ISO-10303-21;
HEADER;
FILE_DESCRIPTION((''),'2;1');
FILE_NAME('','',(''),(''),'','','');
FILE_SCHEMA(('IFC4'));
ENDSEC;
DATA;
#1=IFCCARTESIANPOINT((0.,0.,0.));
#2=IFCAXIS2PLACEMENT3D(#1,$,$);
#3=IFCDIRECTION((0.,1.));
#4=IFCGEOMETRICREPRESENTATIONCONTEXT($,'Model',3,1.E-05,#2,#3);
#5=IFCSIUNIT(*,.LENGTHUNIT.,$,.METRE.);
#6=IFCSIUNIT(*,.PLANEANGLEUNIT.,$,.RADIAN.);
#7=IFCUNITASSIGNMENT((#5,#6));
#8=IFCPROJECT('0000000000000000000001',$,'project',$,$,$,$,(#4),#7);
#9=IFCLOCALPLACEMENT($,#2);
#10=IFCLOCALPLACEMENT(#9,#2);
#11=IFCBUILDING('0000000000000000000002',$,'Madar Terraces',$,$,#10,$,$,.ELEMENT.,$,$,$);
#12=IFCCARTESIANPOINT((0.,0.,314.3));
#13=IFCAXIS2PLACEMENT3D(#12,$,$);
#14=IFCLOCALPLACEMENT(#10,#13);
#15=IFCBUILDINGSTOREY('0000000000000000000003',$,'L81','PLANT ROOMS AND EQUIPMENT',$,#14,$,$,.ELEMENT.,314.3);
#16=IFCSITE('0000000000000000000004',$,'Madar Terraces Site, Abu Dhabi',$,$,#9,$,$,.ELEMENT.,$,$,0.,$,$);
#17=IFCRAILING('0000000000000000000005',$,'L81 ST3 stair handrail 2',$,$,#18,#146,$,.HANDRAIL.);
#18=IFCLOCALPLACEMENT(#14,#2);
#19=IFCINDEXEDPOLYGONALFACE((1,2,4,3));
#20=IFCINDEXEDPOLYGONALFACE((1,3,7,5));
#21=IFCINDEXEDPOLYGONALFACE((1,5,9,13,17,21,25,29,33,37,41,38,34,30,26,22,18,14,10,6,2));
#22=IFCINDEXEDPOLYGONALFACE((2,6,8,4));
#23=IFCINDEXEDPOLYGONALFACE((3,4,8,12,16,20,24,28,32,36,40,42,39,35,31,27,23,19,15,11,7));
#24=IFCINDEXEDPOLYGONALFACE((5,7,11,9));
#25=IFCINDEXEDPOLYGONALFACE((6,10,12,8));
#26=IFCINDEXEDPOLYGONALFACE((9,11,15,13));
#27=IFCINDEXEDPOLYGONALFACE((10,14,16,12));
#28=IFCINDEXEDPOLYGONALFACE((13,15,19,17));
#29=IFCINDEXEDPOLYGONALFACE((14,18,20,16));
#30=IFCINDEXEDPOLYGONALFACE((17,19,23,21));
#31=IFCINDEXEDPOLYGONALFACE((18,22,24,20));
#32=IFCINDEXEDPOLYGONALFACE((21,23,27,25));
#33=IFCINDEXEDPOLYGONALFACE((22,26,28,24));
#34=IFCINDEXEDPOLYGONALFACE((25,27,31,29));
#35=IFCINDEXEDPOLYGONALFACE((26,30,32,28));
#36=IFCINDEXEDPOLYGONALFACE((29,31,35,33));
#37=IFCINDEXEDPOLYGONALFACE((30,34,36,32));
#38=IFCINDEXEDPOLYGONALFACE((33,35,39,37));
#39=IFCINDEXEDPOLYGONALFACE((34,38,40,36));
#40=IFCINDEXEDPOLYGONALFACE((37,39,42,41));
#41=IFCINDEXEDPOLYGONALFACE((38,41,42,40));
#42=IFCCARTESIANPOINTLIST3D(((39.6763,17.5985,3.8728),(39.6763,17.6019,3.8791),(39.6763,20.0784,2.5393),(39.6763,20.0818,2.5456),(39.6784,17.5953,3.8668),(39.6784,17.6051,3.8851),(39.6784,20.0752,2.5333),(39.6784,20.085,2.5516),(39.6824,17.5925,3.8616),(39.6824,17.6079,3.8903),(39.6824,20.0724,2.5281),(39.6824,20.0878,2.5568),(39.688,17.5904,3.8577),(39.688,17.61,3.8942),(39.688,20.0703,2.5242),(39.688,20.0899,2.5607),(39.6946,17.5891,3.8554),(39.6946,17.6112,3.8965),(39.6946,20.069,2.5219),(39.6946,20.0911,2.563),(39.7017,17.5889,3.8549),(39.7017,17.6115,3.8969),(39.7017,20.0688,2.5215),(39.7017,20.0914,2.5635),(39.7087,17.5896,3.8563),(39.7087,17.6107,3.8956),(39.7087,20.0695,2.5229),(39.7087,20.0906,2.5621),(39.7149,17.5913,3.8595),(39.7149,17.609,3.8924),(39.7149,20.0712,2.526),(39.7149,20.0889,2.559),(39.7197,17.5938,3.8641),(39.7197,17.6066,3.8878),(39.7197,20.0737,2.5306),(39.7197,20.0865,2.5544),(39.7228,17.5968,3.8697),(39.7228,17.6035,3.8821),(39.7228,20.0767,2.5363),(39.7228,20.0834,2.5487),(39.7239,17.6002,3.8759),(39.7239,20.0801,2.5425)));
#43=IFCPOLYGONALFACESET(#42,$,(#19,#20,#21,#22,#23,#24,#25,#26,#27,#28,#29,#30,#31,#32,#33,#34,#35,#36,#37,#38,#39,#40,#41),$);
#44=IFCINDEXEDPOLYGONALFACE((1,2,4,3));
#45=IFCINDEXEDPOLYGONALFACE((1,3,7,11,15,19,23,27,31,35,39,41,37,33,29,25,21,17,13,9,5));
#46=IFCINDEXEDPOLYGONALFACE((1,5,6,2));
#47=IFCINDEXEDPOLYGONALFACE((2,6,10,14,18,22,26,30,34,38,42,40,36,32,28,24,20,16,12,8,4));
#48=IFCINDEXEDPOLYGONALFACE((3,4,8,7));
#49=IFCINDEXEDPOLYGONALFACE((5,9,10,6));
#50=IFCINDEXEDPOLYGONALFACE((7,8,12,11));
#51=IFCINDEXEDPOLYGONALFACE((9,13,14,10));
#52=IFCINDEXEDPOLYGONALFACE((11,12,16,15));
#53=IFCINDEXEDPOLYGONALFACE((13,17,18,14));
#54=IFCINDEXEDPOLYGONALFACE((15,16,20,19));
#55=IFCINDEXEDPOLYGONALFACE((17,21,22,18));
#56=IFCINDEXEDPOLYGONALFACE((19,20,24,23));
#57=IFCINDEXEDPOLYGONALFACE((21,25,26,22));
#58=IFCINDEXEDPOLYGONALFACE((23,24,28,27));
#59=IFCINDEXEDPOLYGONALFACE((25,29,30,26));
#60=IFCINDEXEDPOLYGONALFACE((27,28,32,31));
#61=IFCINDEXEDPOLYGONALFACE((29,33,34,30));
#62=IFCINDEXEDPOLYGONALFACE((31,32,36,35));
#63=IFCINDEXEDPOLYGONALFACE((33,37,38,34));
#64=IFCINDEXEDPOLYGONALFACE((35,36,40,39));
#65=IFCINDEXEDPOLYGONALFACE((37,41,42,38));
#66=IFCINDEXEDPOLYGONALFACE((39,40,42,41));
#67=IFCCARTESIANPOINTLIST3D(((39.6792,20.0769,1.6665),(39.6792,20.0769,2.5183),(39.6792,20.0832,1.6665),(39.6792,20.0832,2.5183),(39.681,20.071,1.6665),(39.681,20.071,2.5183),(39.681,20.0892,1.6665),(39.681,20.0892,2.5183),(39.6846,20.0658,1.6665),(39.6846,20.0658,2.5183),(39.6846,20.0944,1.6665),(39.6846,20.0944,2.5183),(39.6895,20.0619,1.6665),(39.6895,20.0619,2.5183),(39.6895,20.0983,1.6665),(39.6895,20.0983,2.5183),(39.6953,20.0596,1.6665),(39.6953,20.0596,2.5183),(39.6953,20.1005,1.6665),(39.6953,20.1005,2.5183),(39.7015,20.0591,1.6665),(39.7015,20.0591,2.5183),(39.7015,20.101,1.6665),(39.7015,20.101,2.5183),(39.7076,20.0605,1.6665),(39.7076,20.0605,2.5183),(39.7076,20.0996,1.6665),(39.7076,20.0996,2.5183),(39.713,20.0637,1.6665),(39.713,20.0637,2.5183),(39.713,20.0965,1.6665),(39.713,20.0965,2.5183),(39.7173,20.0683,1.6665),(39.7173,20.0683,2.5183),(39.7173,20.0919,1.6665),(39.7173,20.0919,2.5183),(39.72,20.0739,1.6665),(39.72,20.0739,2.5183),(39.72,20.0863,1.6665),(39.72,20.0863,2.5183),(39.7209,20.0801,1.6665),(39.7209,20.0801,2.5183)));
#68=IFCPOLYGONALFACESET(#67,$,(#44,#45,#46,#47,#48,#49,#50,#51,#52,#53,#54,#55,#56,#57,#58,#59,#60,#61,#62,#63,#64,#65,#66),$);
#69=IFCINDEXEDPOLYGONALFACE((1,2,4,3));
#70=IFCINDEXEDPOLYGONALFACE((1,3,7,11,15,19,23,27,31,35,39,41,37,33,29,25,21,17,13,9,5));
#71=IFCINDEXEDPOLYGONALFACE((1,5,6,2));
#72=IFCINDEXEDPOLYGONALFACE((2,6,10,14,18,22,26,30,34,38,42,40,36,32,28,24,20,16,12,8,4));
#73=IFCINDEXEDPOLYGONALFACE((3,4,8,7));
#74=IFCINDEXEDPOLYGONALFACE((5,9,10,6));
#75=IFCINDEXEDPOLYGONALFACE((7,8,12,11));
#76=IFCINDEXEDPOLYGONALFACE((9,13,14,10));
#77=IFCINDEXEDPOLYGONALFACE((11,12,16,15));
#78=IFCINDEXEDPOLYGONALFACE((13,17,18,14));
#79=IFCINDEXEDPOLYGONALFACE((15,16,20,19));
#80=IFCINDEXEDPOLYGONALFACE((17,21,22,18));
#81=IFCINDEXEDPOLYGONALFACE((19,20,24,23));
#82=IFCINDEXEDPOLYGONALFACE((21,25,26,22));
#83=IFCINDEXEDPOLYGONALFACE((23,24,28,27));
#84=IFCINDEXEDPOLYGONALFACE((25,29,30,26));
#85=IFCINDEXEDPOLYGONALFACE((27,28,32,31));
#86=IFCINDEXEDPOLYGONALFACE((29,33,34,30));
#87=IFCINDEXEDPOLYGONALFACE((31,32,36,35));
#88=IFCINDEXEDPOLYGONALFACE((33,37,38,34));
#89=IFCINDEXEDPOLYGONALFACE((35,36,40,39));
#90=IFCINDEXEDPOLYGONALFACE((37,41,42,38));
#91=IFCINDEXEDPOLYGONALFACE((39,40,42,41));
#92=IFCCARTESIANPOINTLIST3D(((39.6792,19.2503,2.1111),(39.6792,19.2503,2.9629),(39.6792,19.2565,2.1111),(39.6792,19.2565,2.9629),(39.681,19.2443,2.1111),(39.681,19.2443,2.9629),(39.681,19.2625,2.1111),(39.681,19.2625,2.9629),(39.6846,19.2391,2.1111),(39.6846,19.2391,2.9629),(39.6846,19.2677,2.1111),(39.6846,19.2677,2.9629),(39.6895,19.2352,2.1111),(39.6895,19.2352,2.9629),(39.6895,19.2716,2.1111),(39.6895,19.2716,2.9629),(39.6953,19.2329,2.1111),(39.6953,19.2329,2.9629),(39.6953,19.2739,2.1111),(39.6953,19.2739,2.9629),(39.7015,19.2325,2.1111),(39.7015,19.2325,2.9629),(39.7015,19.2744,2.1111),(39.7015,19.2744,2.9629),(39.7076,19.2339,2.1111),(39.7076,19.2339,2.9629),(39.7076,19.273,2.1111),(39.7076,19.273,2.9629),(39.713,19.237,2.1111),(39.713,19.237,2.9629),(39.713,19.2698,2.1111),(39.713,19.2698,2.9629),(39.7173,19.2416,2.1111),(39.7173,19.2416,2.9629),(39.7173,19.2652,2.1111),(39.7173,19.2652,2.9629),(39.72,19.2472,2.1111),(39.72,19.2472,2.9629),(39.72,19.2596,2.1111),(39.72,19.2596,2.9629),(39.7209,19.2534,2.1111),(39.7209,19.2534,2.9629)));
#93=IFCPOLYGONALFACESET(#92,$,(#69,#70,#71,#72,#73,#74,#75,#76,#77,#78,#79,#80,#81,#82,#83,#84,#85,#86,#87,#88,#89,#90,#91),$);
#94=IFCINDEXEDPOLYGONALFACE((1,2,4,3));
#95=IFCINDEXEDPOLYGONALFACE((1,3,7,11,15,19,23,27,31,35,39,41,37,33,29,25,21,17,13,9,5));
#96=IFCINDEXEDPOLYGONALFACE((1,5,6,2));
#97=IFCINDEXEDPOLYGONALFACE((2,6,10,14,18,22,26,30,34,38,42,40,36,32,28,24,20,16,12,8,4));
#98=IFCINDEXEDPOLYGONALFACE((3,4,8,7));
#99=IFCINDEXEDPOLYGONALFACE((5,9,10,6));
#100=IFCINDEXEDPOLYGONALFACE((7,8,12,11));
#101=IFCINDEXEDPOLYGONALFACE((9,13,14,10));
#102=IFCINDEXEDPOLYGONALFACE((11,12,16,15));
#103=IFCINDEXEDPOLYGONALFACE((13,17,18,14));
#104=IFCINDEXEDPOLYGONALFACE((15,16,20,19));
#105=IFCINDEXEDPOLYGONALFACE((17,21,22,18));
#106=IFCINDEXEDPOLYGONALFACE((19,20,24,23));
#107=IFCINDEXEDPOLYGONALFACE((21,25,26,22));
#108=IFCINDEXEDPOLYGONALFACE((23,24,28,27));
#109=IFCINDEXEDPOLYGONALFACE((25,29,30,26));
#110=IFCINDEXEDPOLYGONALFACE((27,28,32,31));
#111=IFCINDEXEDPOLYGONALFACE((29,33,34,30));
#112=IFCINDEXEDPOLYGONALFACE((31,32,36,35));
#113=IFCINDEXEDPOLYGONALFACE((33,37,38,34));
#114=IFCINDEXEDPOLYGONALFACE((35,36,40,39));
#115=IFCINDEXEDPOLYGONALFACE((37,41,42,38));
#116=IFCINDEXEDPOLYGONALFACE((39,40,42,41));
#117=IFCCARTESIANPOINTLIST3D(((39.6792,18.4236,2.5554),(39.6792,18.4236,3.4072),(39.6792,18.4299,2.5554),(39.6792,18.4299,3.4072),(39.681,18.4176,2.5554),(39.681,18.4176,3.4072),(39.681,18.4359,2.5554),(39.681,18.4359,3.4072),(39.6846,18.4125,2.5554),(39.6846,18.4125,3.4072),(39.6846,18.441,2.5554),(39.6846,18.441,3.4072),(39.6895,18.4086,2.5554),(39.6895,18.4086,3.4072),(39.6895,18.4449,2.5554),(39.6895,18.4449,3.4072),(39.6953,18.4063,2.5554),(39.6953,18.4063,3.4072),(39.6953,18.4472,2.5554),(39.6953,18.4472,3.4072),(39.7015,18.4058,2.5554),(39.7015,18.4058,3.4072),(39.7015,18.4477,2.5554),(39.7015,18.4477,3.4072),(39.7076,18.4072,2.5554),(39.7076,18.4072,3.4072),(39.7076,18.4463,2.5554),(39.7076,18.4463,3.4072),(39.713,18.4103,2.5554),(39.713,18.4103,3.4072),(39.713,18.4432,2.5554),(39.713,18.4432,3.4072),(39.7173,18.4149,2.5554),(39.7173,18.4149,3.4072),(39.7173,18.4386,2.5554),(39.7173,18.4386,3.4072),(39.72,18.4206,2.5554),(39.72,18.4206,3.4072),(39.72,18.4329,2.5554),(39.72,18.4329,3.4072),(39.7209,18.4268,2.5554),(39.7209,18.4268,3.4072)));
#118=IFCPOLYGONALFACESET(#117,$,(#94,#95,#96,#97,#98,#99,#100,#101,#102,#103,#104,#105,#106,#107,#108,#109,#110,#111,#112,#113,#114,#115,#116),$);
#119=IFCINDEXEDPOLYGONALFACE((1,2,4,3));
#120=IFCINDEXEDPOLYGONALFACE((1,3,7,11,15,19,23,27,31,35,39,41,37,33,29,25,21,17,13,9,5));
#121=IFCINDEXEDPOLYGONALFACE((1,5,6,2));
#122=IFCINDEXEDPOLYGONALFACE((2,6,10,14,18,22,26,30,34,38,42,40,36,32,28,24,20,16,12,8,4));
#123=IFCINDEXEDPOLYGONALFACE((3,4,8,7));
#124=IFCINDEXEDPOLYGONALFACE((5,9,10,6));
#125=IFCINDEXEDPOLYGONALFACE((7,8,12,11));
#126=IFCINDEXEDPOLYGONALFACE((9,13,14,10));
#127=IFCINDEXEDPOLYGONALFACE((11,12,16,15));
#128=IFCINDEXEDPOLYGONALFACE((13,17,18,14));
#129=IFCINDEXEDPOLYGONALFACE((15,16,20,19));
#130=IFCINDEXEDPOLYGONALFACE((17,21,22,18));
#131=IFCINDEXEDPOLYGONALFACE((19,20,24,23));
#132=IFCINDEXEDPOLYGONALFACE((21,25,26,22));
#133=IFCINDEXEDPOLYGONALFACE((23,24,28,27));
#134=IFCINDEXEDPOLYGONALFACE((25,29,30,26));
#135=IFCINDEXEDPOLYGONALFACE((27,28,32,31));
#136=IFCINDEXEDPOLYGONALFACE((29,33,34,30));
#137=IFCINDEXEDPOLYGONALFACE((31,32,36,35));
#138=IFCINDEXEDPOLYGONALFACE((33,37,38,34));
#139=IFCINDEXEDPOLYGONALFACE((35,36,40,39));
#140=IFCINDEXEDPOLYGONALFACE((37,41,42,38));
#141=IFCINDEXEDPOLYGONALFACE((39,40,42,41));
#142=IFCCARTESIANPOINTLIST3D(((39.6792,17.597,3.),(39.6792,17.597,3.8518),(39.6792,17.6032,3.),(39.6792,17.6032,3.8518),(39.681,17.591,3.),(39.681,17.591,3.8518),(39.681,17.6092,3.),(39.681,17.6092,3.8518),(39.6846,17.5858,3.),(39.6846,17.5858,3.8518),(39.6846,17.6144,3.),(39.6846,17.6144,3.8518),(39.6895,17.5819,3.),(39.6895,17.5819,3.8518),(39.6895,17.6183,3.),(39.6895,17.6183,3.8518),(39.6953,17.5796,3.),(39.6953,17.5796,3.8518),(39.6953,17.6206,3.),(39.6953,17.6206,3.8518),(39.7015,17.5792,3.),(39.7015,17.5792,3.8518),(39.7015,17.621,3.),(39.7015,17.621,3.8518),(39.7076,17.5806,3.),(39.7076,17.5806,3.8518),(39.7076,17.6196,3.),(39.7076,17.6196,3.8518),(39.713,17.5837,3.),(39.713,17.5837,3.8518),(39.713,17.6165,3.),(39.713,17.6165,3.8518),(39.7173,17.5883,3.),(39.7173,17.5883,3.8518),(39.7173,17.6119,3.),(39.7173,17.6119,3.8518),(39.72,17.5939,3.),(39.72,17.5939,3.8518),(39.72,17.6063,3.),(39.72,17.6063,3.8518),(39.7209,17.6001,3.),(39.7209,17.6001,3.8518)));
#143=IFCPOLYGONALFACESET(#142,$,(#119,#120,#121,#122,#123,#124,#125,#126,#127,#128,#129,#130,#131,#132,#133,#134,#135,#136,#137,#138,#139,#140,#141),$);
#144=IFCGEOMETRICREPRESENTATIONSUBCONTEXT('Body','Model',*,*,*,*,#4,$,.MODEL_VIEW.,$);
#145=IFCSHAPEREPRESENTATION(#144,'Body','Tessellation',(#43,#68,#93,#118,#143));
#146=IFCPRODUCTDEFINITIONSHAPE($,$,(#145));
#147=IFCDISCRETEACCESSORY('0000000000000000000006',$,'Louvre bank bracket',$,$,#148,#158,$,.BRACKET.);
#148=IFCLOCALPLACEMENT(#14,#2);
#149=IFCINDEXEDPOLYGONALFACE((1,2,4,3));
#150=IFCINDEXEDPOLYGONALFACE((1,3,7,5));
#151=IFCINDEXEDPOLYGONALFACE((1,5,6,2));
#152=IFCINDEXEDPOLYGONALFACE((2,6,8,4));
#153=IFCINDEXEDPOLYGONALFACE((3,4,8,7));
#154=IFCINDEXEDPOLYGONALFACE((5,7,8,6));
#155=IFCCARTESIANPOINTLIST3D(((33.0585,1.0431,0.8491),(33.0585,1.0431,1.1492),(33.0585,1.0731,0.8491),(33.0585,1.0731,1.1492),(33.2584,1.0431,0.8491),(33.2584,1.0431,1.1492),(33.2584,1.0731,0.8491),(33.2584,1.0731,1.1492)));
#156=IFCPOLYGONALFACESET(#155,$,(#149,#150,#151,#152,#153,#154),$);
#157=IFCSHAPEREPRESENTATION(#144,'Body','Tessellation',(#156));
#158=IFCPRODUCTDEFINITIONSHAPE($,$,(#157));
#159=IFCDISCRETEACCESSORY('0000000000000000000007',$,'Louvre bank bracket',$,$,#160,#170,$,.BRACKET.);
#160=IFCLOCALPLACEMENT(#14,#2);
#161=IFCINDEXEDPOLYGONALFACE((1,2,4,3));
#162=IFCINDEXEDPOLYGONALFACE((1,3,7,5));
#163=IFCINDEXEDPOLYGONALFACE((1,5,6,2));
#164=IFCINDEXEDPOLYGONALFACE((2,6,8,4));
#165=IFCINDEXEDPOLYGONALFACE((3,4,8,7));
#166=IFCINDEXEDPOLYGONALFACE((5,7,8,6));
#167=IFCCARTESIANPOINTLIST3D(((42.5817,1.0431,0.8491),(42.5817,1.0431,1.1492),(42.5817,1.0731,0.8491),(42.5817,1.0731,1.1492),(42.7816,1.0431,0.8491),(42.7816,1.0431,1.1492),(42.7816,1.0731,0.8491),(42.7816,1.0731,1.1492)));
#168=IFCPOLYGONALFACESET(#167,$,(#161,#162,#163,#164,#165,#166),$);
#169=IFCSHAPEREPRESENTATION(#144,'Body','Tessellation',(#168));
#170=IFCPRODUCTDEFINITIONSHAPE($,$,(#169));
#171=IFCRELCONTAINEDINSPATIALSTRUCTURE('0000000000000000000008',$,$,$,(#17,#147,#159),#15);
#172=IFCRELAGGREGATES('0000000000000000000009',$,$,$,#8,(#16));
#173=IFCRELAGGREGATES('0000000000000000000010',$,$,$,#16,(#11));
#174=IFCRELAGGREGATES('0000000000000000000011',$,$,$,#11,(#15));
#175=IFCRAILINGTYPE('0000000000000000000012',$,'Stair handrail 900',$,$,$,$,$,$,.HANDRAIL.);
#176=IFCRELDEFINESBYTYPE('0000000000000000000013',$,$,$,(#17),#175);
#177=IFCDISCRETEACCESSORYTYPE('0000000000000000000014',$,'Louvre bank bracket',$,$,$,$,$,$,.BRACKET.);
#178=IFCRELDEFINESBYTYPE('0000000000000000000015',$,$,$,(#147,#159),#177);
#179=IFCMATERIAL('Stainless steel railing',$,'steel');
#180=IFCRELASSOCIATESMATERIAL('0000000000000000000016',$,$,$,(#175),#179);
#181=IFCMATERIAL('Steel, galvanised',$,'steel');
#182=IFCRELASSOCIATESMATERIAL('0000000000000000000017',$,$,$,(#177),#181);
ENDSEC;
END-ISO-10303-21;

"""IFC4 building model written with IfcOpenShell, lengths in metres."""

from ifc_helpers import new_model, si_unit, direction, frame, origin, origin_2d, place, context, subcontext, project, spatial, rectangle, circle, extrude, material, type_object, element, save


model = new_model("IFC4")

# Units and contexts
model_context = context("Model", 3, precision=1e-05, world=origin(), true_north=direction((0.0, 1.0)))
body_context = subcontext(model_context, "Body", "Model", "MODEL_VIEW")
ifc_project = project(units=[si_unit("LENGTHUNIT", "METRE"), si_unit("PLANEANGLEUNIT", "RADIAN")], contexts=[model_context])

# Site, building, storey
site_placement = place(None, origin())
site = spatial("IfcSite", under=ifc_project, at=site_placement, Name="Madar Terraces Site, Abu Dhabi", CompositionType="ELEMENT", RefElevation=0.0)
building_placement = place(site_placement, origin())
building = spatial("IfcBuilding", under=site, at=building_placement, Name="Madar Terraces", CompositionType="ELEMENT")
storey_placement = place(building_placement, frame((0.0, 0.0, 314.3)))
storey = spatial("IfcBuildingStorey", under=building, at=storey_placement, Name="L81", Description="PLANT ROOMS AND EQUIPMENT", CompositionType="ELEMENT", Elevation=314.3)

# Railing
ifc_material_1 = material(Name="Stainless steel railing", Category="steel")
railing_type_1 = type_object("IfcRailingType", Name="Stair handrail 900", PredefinedType="HANDRAIL", material=ifc_material_1)
railing_1_placement = place(storey_placement, frame((39.7, 20.0801, 1.6665)))
element("IfcRailing", 1, at=railing_1_placement, inside=storey, type_object=railing_type_1, Name="L81 ST3 stair handrail 2", PredefinedType="HANDRAIL", context=body_context, shape_type="SweptSolid", body=[
    extrude(circle(Radius=0.0239, at=origin_2d()), frame((0.0, 0.0, 0.876), z_axis=(0.0, -0.880749, 0.473583), x_axis=(1.0, 0.0, 0.0)), (0.0, 0.0, 1.0), 2.8157),
    extrude(circle(Radius=0.021, at=origin_2d()), origin(), (0.0, 0.0, 1.0), 0.8518),
    extrude(circle(Radius=0.021, at=origin_2d()), frame((0.0, -0.8267, 0.4446)), (0.0, 0.0, 1.0), 0.8518),
    extrude(circle(Radius=0.021, at=origin_2d()), frame((0.0, -1.6533, 0.8889)), (0.0, 0.0, 1.0), 0.8518),
    extrude(circle(Radius=0.021, at=origin_2d()), frame((0.0, -2.48, 1.3335)), (0.0, 0.0, 1.0), 0.8518),
])

# Discrete accessories
ifc_material_2 = material(Name="Steel, galvanised", Category="steel")
discrete_accessory_type = type_object("IfcDiscreteAccessoryType", Name="Louvre bank bracket", PredefinedType="BRACKET", material=ifc_material_2)
for number, where, z_axis, x_axis, name in (
    (2, (33.1584, 1.0581, 0.8491), (0.0, 0.0, 1.0), (1.0, 0.0, 0.0), "Louvre bank bracket"),
    (3, (42.6816, 1.0581, 0.8491), (0.0, 0.0, 1.0), (1.0, 0.0, 0.0), "Louvre bank bracket"),
):
    element("IfcDiscreteAccessory", number, at=place(storey_placement, frame(where, z_axis=z_axis, x_axis=x_axis)), inside=storey, type_object=discrete_accessory_type, Name=name, PredefinedType="BRACKET", context=body_context, shape_type="SweptSolid", body=[
        extrude(rectangle(XDim=0.2, YDim=0.03, at=origin_2d()), origin(), (0.0, 0.0, 1.0), 0.3),
    ])

save(model, "model.ifc")
